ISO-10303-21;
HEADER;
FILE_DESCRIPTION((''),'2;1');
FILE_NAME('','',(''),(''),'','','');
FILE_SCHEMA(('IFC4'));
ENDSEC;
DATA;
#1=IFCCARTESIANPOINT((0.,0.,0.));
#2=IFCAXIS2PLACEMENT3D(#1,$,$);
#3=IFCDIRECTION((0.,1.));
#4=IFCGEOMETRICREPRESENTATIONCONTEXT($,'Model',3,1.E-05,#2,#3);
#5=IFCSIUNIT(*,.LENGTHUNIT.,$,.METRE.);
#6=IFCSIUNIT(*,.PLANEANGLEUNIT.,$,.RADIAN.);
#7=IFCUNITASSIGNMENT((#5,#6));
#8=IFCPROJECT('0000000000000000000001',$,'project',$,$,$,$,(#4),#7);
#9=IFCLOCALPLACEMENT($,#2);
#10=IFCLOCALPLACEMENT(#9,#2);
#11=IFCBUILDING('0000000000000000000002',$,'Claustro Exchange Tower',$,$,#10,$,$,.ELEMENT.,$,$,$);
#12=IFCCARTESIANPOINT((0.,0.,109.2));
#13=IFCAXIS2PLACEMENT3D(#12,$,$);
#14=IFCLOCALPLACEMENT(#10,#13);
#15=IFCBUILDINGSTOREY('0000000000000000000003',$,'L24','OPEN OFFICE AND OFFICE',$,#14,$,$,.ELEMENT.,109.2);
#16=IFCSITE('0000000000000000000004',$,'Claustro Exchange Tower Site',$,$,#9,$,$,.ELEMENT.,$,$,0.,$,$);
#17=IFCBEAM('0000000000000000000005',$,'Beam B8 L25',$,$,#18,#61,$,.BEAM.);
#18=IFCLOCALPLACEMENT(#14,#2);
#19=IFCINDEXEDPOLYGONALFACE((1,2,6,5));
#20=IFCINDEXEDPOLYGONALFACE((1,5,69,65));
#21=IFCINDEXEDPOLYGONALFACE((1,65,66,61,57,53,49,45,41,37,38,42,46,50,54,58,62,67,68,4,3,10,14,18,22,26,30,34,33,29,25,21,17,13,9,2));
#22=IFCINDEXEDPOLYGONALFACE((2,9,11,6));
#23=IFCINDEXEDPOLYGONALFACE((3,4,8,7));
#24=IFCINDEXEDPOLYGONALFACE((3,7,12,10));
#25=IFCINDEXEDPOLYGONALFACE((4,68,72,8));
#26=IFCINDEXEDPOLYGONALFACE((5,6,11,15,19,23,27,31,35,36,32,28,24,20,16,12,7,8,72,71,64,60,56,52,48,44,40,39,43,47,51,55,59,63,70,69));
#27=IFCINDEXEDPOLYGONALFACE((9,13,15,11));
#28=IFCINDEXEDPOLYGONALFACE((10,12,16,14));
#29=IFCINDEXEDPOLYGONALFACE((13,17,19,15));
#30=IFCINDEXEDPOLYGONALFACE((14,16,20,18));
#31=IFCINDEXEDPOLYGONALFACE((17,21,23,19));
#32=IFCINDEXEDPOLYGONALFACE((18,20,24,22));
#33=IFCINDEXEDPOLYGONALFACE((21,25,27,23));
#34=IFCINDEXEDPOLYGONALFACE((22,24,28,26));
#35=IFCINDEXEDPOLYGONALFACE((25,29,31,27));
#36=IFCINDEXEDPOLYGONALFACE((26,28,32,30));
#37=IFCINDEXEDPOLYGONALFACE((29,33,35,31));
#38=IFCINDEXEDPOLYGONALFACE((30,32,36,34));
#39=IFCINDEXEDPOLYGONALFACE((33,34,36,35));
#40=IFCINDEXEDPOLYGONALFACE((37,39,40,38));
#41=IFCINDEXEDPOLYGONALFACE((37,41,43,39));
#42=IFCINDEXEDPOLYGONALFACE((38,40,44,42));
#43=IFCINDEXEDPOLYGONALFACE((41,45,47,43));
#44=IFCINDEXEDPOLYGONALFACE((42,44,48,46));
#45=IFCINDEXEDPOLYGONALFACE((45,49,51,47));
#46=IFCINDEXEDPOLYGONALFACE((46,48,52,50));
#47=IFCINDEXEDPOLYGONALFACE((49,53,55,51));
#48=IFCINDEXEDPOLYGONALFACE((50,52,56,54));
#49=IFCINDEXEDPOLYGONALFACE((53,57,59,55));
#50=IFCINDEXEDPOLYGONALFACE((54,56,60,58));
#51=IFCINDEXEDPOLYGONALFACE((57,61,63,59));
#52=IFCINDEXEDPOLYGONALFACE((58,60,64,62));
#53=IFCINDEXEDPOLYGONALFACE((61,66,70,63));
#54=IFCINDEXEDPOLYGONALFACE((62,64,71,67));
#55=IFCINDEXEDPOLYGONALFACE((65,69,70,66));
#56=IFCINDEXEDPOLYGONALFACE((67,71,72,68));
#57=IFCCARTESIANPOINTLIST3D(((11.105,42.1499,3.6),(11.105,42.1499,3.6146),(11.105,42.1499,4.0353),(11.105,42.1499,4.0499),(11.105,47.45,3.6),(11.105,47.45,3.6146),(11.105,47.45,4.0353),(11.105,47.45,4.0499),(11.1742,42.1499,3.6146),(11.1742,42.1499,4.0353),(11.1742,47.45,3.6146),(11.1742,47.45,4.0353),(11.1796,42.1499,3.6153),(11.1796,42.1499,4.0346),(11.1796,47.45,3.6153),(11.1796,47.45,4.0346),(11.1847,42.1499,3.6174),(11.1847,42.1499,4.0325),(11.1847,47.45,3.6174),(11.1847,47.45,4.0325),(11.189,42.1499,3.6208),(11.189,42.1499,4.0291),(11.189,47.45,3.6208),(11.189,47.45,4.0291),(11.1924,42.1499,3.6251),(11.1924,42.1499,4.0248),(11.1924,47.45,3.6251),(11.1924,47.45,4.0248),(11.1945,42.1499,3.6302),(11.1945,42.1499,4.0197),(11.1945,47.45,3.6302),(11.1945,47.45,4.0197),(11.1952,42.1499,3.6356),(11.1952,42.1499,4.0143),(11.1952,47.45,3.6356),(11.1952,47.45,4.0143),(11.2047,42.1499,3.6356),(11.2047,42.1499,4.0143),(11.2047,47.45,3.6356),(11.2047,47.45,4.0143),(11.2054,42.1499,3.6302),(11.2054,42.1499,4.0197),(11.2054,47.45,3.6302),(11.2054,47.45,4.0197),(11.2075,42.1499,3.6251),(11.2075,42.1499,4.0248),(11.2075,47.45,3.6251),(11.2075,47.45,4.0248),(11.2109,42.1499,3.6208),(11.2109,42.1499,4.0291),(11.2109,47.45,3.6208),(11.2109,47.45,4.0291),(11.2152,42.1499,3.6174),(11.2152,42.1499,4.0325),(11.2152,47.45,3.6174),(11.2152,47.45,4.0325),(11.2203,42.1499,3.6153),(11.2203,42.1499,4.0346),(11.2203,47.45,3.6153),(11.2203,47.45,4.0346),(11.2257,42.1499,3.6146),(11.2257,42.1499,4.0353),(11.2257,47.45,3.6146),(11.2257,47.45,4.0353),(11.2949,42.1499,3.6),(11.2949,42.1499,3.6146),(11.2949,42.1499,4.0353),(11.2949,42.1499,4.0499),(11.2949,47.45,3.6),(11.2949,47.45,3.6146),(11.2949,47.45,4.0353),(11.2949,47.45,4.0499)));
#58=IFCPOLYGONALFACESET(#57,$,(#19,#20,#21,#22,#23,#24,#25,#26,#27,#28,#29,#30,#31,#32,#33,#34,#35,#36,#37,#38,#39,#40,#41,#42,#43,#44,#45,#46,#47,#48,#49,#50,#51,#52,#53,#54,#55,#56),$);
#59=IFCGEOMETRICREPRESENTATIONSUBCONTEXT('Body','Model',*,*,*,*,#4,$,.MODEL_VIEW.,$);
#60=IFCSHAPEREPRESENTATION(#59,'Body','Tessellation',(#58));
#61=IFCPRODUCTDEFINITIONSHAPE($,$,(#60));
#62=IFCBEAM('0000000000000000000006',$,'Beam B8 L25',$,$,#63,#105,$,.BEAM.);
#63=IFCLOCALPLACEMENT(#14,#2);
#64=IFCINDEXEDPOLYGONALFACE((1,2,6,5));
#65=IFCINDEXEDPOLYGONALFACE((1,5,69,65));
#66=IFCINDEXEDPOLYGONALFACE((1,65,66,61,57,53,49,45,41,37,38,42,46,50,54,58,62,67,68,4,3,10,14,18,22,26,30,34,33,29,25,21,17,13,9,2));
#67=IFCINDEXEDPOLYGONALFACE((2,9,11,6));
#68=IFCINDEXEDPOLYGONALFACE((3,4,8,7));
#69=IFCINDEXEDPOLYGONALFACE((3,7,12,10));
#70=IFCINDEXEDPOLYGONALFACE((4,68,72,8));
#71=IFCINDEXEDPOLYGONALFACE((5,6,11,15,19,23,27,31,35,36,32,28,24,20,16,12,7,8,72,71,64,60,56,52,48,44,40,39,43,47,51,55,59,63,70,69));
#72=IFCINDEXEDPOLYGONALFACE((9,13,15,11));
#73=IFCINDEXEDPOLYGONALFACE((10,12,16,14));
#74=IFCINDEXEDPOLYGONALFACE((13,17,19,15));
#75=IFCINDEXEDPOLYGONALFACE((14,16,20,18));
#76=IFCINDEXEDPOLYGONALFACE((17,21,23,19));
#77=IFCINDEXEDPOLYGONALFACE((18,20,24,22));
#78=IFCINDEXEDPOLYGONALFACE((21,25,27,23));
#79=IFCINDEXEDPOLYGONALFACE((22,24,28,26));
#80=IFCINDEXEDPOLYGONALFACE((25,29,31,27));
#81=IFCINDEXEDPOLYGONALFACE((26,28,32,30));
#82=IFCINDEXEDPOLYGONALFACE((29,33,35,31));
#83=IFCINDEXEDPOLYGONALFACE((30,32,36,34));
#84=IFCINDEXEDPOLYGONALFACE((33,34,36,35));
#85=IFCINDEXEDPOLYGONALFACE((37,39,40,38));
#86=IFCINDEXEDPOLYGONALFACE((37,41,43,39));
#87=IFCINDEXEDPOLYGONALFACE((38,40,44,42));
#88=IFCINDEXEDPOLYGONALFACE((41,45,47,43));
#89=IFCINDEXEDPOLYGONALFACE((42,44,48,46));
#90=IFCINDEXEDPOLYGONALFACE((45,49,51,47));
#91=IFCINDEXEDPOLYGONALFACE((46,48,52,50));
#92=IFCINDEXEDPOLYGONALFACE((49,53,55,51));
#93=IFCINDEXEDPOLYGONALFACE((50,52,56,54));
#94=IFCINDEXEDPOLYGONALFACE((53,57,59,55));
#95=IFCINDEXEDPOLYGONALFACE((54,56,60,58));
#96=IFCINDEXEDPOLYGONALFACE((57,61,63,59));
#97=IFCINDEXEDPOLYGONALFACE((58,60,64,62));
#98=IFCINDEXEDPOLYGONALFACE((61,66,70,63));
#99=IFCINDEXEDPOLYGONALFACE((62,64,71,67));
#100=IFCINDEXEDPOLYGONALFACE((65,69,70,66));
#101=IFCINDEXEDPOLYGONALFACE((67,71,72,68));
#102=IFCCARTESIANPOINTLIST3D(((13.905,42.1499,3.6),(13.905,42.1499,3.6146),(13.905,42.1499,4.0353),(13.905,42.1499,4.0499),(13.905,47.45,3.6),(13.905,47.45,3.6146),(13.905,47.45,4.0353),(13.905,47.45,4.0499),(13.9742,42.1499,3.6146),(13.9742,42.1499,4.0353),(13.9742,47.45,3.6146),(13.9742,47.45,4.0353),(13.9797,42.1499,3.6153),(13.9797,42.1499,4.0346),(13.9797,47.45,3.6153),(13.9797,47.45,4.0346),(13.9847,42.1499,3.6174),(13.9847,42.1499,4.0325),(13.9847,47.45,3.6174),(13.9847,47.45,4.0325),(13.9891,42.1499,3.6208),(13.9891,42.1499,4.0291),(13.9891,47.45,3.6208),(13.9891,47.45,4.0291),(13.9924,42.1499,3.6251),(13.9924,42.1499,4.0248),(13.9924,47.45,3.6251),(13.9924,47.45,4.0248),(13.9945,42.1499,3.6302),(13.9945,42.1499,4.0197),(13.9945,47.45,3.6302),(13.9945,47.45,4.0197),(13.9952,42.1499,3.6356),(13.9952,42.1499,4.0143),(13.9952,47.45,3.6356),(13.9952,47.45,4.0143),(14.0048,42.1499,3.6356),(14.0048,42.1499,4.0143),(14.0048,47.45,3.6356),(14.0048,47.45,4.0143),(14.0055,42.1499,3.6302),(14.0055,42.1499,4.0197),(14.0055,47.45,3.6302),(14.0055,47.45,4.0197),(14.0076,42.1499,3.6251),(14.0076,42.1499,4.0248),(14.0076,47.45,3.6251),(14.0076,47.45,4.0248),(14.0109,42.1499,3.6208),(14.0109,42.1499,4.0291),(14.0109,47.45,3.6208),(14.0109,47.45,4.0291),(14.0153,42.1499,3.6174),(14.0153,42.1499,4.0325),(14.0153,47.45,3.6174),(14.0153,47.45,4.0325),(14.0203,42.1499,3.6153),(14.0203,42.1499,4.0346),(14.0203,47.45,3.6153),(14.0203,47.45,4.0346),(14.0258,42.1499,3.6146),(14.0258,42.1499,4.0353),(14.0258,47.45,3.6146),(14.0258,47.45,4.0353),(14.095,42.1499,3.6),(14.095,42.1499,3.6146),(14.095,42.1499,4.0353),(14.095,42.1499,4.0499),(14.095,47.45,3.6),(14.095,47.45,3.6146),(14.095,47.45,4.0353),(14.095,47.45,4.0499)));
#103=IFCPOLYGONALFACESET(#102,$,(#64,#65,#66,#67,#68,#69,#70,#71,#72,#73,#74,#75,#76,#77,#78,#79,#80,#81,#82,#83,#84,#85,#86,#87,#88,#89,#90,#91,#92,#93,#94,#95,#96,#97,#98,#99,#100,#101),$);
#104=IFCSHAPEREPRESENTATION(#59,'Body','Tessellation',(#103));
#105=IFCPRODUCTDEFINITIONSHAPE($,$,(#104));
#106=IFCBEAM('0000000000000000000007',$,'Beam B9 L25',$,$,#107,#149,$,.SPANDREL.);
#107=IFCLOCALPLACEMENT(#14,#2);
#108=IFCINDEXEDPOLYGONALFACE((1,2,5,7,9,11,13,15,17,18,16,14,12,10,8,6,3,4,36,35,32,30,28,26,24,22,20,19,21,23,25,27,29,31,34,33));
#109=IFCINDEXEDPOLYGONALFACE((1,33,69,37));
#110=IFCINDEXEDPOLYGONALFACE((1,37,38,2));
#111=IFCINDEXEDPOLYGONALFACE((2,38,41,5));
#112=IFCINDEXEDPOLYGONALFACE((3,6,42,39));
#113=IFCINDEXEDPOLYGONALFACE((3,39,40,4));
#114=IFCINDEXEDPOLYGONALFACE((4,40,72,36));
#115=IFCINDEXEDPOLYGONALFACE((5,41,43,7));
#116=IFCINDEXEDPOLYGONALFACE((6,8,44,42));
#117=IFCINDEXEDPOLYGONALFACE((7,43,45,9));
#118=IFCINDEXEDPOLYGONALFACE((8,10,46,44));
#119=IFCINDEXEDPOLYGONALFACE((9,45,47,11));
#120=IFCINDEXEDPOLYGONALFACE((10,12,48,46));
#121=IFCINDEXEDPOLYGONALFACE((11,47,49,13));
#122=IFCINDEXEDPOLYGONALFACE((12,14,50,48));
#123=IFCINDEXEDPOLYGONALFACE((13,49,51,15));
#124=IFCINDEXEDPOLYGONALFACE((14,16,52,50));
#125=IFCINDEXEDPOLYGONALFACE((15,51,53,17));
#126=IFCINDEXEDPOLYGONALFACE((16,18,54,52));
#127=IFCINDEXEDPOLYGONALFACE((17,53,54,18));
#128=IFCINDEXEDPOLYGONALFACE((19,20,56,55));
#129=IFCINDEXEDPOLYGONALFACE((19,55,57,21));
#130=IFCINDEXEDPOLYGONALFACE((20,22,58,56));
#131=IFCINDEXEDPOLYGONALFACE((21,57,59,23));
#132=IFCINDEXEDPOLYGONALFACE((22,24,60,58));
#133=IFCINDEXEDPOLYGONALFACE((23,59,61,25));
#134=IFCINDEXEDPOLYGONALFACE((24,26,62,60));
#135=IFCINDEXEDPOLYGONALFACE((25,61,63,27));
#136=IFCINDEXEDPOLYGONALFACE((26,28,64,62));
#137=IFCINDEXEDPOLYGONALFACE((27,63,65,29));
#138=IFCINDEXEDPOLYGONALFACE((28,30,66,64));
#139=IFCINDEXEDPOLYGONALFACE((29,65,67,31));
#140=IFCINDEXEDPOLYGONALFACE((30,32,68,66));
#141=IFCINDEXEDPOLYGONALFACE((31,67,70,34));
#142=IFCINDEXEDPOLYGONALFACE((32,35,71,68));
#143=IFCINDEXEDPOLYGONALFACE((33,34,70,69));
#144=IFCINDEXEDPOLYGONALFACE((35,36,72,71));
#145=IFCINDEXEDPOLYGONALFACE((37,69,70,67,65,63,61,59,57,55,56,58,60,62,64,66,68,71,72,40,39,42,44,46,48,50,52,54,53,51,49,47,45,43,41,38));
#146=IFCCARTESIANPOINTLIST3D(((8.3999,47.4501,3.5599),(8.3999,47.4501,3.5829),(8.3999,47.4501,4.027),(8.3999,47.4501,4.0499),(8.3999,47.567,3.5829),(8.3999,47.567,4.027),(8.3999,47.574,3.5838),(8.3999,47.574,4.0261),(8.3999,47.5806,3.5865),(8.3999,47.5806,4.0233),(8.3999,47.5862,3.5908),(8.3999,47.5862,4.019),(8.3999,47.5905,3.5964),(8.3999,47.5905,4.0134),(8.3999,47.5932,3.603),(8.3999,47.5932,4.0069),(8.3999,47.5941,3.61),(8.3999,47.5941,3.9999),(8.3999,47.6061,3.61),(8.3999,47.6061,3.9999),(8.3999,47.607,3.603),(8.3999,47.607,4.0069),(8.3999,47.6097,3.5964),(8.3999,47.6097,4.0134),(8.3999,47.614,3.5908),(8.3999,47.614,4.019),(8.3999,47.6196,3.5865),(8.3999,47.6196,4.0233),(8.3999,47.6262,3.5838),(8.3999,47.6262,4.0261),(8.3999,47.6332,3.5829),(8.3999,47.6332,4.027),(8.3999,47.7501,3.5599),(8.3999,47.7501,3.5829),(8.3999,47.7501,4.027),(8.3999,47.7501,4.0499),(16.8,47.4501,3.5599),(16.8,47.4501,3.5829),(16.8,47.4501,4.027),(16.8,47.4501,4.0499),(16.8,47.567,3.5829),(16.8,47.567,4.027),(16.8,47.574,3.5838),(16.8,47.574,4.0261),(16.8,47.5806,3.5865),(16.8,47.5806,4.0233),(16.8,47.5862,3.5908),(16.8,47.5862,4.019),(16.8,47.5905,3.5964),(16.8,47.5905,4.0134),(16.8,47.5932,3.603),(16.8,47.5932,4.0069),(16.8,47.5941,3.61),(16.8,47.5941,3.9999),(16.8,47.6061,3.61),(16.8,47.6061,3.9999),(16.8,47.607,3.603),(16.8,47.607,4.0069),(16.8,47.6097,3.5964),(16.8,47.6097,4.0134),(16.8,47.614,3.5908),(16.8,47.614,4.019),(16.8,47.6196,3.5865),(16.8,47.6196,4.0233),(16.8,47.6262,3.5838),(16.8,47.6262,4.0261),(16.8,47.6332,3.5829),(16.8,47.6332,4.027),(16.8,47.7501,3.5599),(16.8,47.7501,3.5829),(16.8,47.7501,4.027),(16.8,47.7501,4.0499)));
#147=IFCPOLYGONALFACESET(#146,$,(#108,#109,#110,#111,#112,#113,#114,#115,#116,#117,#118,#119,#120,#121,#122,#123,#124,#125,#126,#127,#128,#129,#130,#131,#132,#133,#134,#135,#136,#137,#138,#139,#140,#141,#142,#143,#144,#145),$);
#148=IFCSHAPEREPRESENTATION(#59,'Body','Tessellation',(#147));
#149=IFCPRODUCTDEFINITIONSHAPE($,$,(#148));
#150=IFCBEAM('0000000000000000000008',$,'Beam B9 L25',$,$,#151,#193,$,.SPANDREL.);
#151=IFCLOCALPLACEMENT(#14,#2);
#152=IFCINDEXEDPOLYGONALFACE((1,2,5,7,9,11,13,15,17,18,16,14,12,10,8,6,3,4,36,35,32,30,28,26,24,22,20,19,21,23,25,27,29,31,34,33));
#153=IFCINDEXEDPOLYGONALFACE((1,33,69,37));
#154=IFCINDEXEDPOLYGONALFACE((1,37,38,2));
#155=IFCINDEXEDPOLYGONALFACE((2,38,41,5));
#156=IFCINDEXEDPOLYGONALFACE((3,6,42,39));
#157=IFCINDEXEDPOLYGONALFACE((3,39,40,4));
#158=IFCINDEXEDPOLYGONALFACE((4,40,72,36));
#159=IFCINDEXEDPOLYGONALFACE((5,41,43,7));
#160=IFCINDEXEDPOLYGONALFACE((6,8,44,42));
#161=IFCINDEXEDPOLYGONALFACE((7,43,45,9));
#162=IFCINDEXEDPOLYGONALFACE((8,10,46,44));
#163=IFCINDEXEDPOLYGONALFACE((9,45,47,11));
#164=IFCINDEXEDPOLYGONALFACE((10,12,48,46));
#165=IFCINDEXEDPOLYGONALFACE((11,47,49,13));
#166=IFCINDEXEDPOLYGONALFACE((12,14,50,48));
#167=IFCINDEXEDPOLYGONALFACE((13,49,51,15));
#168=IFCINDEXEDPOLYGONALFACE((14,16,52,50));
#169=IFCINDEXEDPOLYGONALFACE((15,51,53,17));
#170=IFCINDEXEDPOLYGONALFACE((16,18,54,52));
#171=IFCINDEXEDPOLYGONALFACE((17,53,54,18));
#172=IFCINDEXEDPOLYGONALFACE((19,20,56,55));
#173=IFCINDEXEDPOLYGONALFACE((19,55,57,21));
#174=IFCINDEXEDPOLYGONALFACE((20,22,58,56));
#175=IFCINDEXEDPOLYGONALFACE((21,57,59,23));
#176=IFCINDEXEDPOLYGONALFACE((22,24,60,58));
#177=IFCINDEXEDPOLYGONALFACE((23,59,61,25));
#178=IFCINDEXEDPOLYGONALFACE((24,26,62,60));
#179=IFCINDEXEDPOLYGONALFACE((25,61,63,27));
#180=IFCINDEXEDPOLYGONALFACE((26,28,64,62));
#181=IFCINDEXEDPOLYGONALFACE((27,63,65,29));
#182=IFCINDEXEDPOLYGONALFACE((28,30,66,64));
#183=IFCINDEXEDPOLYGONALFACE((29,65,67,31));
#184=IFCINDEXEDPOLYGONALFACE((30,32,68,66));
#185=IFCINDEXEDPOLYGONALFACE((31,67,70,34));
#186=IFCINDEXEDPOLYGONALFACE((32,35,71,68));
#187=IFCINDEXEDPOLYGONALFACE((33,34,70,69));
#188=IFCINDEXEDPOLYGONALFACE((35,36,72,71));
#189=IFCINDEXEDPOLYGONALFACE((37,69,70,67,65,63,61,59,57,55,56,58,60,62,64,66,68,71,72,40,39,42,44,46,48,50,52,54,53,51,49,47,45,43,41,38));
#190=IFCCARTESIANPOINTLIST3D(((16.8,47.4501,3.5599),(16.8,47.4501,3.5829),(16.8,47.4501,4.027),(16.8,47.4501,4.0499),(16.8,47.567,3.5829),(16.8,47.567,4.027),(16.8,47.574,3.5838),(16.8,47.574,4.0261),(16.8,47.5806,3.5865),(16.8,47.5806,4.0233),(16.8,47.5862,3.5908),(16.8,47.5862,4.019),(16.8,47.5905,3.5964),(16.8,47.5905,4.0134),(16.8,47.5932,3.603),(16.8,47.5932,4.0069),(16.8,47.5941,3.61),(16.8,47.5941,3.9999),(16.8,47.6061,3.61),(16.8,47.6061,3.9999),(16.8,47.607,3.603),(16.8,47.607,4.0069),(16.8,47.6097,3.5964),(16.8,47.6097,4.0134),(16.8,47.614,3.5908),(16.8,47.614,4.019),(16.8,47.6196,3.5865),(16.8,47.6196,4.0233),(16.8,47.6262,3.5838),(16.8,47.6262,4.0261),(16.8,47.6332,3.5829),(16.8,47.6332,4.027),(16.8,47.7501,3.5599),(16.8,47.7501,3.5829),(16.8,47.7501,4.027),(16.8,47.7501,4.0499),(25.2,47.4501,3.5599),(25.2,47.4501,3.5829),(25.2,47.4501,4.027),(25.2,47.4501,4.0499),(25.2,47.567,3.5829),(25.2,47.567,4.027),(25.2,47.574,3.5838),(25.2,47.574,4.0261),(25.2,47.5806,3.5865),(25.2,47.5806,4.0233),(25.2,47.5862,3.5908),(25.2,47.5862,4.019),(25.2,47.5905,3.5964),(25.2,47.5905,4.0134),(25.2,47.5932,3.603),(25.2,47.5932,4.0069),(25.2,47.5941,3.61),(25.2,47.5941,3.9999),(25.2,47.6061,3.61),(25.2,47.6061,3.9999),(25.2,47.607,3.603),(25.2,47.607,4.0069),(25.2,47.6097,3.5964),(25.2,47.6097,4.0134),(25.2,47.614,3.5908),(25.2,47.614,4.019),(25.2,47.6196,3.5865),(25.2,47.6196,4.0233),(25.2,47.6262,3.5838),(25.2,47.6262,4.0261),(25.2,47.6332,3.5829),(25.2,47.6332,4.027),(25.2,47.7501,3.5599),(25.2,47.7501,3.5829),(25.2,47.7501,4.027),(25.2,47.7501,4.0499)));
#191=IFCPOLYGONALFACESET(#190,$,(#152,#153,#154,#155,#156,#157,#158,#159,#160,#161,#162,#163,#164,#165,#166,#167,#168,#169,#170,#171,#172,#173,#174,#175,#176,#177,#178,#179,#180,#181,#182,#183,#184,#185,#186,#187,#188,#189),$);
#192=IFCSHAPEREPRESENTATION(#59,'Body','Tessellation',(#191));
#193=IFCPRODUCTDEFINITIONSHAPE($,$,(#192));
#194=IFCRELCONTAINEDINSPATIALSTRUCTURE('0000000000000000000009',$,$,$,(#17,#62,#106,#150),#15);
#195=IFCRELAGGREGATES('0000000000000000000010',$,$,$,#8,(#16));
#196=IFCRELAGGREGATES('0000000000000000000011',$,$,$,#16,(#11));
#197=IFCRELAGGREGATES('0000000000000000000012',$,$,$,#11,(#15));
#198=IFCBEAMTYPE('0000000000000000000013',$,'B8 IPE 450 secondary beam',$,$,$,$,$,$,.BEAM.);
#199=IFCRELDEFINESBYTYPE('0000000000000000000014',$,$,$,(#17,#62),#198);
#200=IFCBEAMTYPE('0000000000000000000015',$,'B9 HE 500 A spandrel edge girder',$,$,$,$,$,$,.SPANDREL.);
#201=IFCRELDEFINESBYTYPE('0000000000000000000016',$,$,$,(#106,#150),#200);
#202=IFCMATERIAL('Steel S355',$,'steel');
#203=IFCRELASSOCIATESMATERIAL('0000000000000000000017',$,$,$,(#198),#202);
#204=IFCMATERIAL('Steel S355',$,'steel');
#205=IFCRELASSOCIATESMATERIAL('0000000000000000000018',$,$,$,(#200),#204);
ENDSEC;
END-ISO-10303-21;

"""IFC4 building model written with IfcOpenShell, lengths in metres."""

from ifc_helpers import new_model, si_unit, direction, frame, origin, origin_2d, place, context, subcontext, project, spatial, i_section, extrude, material, material_profile, profile_set, type_object, element, save


model = new_model("IFC4")

# Units and contexts
model_context = context("Model", 3, precision=1e-05, world=origin(), true_north=direction((0.0, 1.0)))
body_context = subcontext(model_context, "Body", "Model", "MODEL_VIEW")
ifc_project = project(units=[si_unit("LENGTHUNIT", "METRE"), si_unit("PLANEANGLEUNIT", "RADIAN")], contexts=[model_context])

# Site, building, storey
site_placement = place(None, origin())
site = spatial("IfcSite", under=ifc_project, at=site_placement, Name="Claustro Exchange Tower Site", CompositionType="ELEMENT", RefElevation=0.0)
building_placement = place(site_placement, origin())
building = spatial("IfcBuilding", under=site, at=building_placement, Name="Claustro Exchange Tower", CompositionType="ELEMENT")
storey_placement = place(building_placement, frame((0.0, 0.0, 109.2)))
storey = spatial("IfcBuildingStorey", under=building, at=storey_placement, Name="L24", Description="OPEN OFFICE AND OFFICE", CompositionType="ELEMENT", Elevation=109.2)

# Beams
ifc_material_1 = material(Name="Steel S355", Category="steel")
ifc_material_profile_1 = material_profile(ifc_material_1, i_section(OverallWidth=0.1899, OverallDepth=0.45, WebThickness=0.0095, FlangeThickness=0.0146, FilletRadius=0.021, at=origin_2d()), Name="IPE 450")
ifc_profile_set_1 = profile_set([ifc_material_profile_1], Name="Steel S355")
beam_type_1 = type_object("IfcBeamType", Name="B8 IPE 450 secondary beam", PredefinedType="BEAM", material=ifc_profile_set_1)
for number, where, z_axis, x_axis, name in (
    (1, (11.2, 42.1499, 3.825), (0.0, 1.0, 0.0), (-1.0, 0.0, 0.0), "Beam B8 L25"),
    (2, (14.0, 42.1499, 3.825), (0.0, 1.0, 0.0), (-1.0, 0.0, 0.0), "Beam B8 L25"),
):
    element("IfcBeam", number, at=place(storey_placement, frame(where, z_axis=z_axis, x_axis=x_axis)), inside=storey, type_object=beam_type_1, Name=name, PredefinedType="BEAM", context=body_context, shape_type="SweptSolid", body=[
        extrude(i_section(OverallWidth=0.1899, OverallDepth=0.45, WebThickness=0.0095, FlangeThickness=0.0146, FilletRadius=0.021, at=origin_2d()), origin(), (0.0, 0.0, 1.0), 5.3),
    ])
ifc_material_2 = material(Name="Steel S355", Category="steel")
ifc_material_profile_2 = material_profile(ifc_material_2, i_section(OverallWidth=0.3, OverallDepth=0.49, WebThickness=0.012, FlangeThickness=0.0229, FilletRadius=0.0271, at=origin_2d()), Name="HE 500 A")
ifc_profile_set_2 = profile_set([ifc_material_profile_2], Name="Steel S355")
beam_type_2 = type_object("IfcBeamType", Name="B9 HE 500 A spandrel edge girder", PredefinedType="SPANDREL", material=ifc_profile_set_2)
beam_1_placement = place(storey_placement, frame((8.3999, 47.6001, 3.8049), z_axis=(1.0, 0.0, 0.0), x_axis=(0.0, 1.0, 0.0)))
element("IfcBeam", 3, at=beam_1_placement, inside=storey, type_object=beam_type_2, Name="Beam B9 L25", PredefinedType="SPANDREL", context=body_context, shape_type="SweptSolid", body=[
    extrude(i_section(OverallWidth=0.3, OverallDepth=0.49, WebThickness=0.012, FlangeThickness=0.0229, FilletRadius=0.0271, at=origin_2d()), origin(), (0.0, 0.0, 1.0), 8.4001),
])
beam_2_placement = place(storey_placement, frame((16.8, 47.6001, 3.8049), z_axis=(1.0, 0.0, 0.0), x_axis=(0.0, 1.0, 0.0)))
element("IfcBeam", 4, at=beam_2_placement, inside=storey, type_object=beam_type_2, Name="Beam B9 L25", PredefinedType="SPANDREL", context=body_context, shape_type="SweptSolid", body=[
    extrude(i_section(OverallWidth=0.3, OverallDepth=0.49, WebThickness=0.012, FlangeThickness=0.0229, FilletRadius=0.0271, at=origin_2d()), origin(), (0.0, 0.0, 1.0), 8.3999),
])

save(model, "model.ifc")
